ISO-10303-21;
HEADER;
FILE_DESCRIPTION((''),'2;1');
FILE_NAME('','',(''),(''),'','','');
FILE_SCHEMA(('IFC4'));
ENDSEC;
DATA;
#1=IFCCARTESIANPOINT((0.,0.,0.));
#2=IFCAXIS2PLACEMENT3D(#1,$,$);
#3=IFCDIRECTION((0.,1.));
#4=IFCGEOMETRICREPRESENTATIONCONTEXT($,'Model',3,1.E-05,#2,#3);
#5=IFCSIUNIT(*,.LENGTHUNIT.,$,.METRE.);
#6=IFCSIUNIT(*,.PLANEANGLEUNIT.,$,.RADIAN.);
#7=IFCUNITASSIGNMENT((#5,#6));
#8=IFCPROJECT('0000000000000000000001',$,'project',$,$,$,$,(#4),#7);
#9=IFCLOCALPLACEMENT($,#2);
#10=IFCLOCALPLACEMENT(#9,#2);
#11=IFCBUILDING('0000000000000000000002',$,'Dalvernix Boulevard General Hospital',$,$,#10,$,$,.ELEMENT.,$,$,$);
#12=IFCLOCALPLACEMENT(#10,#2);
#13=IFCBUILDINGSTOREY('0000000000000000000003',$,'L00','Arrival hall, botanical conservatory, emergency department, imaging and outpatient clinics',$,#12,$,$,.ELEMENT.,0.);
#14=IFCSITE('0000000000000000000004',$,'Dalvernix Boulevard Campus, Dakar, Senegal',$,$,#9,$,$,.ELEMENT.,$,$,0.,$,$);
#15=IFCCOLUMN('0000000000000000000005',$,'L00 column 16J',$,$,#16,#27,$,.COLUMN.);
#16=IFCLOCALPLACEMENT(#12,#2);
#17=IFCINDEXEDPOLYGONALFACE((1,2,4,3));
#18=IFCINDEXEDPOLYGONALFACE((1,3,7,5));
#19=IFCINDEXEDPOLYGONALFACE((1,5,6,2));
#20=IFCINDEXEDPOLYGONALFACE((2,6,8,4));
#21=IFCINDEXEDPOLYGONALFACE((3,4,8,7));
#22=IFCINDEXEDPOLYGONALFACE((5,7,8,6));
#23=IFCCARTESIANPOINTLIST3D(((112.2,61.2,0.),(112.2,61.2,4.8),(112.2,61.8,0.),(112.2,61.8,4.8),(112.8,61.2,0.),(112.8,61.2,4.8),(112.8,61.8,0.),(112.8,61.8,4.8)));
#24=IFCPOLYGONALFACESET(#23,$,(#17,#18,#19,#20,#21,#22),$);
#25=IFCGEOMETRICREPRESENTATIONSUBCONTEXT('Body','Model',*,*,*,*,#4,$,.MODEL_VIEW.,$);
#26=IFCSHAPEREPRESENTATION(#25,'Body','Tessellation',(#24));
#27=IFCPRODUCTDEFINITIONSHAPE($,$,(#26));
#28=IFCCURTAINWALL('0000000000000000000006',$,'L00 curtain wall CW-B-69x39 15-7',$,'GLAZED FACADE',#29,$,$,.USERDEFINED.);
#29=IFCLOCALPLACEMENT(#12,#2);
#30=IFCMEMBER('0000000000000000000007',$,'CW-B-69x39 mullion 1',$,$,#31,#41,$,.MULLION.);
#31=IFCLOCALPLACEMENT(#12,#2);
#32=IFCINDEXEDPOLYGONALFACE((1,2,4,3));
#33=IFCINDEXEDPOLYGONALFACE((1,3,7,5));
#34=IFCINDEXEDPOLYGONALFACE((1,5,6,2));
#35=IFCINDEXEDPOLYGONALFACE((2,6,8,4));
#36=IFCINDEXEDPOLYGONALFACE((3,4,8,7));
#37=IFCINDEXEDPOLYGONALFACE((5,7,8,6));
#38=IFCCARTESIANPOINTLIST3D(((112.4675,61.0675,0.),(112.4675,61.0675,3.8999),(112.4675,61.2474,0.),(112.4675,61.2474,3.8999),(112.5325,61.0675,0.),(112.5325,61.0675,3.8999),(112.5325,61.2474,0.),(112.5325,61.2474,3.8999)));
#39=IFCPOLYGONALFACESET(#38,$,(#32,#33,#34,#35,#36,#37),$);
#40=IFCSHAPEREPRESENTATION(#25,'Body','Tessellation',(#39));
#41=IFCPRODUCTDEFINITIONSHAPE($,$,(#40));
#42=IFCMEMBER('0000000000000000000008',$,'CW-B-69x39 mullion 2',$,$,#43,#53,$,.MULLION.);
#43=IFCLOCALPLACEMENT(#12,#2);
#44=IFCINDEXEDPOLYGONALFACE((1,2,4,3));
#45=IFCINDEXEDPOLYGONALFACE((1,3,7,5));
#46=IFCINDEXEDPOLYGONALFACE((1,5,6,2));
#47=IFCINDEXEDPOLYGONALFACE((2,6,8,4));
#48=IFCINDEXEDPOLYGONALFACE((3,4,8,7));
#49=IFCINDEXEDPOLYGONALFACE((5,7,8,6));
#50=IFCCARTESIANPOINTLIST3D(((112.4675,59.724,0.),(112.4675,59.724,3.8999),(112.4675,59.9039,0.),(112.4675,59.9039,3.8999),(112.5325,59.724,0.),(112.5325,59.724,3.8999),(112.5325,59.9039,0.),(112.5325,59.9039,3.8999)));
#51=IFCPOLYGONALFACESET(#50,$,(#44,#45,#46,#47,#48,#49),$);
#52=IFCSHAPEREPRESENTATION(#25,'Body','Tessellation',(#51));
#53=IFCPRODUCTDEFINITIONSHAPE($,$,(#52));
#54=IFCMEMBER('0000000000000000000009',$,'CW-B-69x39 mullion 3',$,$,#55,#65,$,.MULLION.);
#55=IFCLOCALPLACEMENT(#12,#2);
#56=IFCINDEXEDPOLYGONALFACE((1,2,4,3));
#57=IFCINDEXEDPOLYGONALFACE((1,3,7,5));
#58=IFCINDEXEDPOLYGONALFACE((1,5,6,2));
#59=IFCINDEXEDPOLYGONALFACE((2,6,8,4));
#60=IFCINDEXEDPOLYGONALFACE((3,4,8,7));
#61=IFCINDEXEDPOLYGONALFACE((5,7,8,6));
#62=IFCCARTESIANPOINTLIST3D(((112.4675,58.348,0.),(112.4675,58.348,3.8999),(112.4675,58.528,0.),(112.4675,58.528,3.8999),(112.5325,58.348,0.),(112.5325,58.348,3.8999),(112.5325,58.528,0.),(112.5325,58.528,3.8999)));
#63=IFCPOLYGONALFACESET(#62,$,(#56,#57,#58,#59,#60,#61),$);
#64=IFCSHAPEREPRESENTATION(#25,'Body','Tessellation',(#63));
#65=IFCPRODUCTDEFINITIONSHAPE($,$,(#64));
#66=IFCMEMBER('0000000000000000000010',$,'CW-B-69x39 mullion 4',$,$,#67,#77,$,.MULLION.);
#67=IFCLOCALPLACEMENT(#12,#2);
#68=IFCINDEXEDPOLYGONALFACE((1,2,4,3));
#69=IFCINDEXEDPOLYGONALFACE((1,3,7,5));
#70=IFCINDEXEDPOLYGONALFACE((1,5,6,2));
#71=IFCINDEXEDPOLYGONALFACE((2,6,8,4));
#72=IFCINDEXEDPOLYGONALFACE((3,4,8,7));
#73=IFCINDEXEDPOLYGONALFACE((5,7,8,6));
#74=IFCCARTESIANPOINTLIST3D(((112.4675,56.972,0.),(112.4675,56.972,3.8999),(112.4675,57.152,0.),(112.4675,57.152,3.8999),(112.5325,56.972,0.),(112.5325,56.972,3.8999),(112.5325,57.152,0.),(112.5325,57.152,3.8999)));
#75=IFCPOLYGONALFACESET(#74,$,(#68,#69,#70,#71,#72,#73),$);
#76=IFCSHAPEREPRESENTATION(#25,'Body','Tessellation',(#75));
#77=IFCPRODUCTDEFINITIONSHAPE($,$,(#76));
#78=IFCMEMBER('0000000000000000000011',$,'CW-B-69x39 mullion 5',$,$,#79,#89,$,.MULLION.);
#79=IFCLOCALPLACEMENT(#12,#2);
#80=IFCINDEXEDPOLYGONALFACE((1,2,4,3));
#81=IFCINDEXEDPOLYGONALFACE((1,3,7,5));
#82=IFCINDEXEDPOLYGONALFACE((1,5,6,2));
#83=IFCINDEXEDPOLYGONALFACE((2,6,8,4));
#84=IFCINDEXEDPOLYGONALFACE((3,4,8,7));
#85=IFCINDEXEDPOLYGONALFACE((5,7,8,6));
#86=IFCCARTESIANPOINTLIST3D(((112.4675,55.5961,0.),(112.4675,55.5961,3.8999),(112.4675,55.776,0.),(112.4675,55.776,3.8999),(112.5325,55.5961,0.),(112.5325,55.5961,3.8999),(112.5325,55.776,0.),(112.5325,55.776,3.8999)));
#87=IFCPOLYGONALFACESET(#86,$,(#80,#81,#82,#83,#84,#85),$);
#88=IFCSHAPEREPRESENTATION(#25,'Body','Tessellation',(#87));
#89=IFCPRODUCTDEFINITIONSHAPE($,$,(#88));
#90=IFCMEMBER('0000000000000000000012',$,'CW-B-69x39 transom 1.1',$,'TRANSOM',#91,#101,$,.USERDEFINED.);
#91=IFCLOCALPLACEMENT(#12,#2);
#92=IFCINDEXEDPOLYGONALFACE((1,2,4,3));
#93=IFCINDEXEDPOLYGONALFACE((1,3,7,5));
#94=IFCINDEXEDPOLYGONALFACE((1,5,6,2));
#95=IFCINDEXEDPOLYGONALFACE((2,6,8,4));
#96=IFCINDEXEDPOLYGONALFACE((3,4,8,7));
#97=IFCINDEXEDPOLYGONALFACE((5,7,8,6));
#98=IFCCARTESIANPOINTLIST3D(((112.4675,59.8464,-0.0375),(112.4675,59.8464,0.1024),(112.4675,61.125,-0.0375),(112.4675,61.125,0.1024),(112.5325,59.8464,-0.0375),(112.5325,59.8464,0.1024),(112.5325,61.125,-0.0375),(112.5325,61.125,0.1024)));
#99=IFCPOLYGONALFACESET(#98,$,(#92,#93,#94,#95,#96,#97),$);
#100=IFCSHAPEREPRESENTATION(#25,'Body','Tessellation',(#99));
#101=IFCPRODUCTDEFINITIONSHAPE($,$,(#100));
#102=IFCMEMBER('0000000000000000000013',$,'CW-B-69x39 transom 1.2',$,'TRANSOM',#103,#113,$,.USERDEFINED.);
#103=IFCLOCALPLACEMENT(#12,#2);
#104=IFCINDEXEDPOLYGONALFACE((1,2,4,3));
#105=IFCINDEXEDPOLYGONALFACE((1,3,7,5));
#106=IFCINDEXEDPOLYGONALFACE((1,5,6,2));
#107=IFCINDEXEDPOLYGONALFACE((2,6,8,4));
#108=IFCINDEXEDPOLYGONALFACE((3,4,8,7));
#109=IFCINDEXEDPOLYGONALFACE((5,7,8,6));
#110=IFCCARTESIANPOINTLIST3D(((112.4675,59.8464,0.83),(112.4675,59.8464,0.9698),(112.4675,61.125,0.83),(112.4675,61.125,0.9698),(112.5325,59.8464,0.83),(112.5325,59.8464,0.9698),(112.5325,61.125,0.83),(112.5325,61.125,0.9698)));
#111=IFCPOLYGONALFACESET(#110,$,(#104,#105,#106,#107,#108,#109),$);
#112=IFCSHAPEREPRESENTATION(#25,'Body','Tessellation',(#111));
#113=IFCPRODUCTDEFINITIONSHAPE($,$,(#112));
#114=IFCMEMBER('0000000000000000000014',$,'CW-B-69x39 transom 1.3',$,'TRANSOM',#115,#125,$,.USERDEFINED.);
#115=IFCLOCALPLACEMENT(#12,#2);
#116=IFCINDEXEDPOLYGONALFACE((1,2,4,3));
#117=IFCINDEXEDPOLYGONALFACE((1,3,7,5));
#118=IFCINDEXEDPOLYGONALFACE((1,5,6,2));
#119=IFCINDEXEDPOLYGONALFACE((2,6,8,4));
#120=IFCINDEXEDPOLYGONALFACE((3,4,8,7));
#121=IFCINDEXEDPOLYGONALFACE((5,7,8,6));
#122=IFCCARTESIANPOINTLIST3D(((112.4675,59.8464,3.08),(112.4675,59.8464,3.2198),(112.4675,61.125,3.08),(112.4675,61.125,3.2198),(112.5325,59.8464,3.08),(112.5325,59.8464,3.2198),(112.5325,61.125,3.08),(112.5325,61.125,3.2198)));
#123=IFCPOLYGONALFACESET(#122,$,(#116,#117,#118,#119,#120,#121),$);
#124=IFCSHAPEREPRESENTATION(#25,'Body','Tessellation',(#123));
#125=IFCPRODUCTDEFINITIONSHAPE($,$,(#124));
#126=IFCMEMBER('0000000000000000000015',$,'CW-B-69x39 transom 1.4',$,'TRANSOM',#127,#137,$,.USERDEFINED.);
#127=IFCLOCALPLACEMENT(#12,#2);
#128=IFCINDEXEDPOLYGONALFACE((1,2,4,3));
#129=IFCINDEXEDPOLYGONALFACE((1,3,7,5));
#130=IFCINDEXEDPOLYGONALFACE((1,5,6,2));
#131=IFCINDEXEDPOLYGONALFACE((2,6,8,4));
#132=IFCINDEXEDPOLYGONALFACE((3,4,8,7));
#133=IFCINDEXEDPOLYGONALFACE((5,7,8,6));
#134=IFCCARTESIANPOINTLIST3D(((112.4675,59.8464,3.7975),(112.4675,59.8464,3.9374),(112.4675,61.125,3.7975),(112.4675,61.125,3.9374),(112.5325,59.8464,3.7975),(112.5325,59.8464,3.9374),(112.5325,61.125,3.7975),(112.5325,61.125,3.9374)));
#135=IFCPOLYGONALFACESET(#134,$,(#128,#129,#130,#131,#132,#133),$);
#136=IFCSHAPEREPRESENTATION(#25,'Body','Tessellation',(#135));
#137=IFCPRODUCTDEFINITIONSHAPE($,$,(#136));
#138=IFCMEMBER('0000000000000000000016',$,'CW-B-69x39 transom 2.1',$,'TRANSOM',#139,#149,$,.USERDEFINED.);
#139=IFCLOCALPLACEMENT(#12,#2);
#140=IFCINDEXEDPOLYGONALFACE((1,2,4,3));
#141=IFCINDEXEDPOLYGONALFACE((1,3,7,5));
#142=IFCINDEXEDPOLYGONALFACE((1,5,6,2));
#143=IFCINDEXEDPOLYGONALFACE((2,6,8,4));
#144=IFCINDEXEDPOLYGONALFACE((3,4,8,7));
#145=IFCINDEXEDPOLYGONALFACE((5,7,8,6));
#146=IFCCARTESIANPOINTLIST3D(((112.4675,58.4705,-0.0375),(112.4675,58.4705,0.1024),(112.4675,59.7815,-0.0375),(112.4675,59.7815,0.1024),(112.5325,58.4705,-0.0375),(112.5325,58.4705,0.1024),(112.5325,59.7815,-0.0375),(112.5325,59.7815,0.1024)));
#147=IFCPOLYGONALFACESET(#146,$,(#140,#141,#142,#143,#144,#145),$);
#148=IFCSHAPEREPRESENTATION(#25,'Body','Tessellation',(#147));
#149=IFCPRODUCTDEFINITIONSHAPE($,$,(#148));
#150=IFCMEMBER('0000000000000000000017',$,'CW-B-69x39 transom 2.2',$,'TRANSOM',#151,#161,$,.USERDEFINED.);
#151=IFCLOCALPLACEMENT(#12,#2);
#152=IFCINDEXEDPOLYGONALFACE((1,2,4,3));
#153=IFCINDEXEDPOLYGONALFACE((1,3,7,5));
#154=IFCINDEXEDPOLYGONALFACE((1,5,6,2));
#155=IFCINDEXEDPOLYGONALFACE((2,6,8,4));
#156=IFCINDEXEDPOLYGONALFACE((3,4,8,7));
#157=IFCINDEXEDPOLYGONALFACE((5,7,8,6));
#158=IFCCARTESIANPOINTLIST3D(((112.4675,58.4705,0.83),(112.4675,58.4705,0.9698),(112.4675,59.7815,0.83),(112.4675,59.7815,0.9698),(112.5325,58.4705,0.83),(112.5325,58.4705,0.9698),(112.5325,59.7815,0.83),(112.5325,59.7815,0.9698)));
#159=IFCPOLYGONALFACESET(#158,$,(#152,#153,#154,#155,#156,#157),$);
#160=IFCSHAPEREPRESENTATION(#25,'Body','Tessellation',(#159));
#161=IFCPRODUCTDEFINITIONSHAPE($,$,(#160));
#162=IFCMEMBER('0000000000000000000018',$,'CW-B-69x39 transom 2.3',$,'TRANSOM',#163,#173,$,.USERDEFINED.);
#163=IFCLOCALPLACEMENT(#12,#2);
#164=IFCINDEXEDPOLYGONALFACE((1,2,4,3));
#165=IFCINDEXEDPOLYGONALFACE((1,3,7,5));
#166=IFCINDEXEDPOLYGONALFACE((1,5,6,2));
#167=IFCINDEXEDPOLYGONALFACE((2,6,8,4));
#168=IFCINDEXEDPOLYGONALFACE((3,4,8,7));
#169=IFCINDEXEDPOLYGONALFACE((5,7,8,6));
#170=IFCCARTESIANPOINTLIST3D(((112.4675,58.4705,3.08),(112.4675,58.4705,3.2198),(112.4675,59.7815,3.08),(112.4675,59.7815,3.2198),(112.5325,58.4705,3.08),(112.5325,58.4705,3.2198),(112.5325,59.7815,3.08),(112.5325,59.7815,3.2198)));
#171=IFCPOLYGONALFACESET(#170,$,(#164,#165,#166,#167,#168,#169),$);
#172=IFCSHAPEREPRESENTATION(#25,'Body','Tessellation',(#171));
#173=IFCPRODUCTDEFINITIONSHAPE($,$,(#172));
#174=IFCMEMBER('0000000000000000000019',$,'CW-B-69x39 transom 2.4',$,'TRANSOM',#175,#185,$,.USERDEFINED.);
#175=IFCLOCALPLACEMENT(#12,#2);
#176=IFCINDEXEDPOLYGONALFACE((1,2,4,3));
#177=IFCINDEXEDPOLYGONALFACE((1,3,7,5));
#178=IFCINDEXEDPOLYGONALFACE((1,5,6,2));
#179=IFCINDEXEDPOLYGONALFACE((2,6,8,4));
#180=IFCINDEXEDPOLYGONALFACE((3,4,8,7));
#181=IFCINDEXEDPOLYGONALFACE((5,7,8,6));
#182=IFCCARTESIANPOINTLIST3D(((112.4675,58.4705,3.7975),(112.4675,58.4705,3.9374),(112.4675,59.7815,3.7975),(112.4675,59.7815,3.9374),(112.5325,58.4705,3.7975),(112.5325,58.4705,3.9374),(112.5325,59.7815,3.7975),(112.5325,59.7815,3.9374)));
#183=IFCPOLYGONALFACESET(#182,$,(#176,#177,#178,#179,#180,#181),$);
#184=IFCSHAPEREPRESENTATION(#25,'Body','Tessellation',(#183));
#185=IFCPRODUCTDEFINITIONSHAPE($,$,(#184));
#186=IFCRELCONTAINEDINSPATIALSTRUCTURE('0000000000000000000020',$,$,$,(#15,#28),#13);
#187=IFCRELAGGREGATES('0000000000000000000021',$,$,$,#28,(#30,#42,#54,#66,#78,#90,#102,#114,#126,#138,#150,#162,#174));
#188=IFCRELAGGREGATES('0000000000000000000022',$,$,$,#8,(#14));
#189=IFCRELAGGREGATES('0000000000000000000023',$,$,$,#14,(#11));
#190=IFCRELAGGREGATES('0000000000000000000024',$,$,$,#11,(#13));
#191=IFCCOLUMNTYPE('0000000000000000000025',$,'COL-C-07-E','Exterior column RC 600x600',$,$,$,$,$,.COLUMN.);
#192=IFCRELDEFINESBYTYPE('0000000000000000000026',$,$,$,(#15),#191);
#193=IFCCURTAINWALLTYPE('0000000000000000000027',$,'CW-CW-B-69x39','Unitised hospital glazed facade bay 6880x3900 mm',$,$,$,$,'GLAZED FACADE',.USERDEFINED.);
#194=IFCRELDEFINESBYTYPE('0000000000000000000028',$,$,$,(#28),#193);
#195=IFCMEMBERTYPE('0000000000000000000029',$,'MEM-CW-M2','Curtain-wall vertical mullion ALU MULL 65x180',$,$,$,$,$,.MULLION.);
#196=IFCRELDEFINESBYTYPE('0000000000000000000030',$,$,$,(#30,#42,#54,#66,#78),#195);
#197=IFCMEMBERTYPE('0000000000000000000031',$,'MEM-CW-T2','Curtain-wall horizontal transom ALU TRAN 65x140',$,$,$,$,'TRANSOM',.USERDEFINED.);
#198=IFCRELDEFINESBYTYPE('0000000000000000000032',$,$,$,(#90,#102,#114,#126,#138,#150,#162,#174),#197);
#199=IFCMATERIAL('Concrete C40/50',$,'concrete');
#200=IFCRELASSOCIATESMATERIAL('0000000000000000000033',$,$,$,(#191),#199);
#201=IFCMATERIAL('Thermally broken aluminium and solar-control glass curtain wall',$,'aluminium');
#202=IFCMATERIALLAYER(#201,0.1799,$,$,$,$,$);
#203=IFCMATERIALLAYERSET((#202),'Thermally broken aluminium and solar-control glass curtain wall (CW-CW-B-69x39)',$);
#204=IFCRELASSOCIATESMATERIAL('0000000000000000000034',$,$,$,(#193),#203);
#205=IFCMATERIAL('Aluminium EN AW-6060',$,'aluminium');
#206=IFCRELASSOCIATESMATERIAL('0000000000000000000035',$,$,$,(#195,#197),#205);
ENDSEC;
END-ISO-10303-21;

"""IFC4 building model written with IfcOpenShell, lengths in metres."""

from ifc_helpers import new_model, si_unit, direction, frame, origin, origin_2d, place, context, subcontext, project, spatial, rectangle, extrude, material, layer, layer_set, material_profile, profile_set, type_object, element, aggregate, save


model = new_model("IFC4")

# Units and contexts
model_context = context("Model", 3, precision=1e-05, world=origin(), true_north=direction((0.0, 1.0)))
body_context = subcontext(model_context, "Body", "Model", "MODEL_VIEW")
ifc_project = project(units=[si_unit("LENGTHUNIT", "METRE"), si_unit("PLANEANGLEUNIT", "RADIAN")], contexts=[model_context])

# Site, building, storey
site_placement = place(None, origin())
site = spatial("IfcSite", under=ifc_project, at=site_placement, Name="Dalvernix Boulevard Campus, Dakar, Senegal", CompositionType="ELEMENT", RefElevation=0.0)
building_placement = place(site_placement, origin())
building = spatial("IfcBuilding", under=site, at=building_placement, Name="Dalvernix Boulevard General Hospital", CompositionType="ELEMENT")
storey_placement = place(building_placement, origin())
storey = spatial("IfcBuildingStorey", under=building, at=storey_placement, Name="L00", Description="Arrival hall, botanical conservatory, emergency department, imaging and outpatient clinics", CompositionType="ELEMENT", Elevation=0.0)

# Column
ifc_material_1 = material(Name="Concrete C40/50", Category="concrete")
ifc_material_profile_1 = material_profile(ifc_material_1, rectangle(XDim=0.6001, YDim=0.6001, at=origin_2d()), Name="RC 600x600")
ifc_profile_set_1 = profile_set([ifc_material_profile_1], Name="Concrete C40/50")
column_type = type_object("IfcColumnType", Name="COL-C-07-E", Description="Exterior column RC 600x600", PredefinedType="COLUMN", material=ifc_profile_set_1)
column_placement = place(storey_placement, frame((112.5, 61.5, 0.0), z_axis=(0.0, 0.0, 1.0), x_axis=(1.0, 0.0, 0.0)))
element("IfcColumn", 1, at=column_placement, inside=storey, type_object=column_type, Name="L00 column 16J", PredefinedType="COLUMN", context=body_context, shape_type="SweptSolid", body=[
    extrude(rectangle(XDim=0.6001, YDim=0.6001, at=origin_2d()), origin(), (0.0, 0.0, 1.0), 4.8),
])

# Curtain wall, members
ifc_material_2 = material(Name="Thermally broken aluminium and solar-control glass curtain wall", Category="aluminium")
ifc_layer_1 = layer(ifc_material_2, 0.1799)
ifc_layer_set_1 = layer_set([ifc_layer_1], Name="Thermally broken aluminium and solar-control glass curtain wall (CW-CW-B-69x39)")
curtain_wall_type = type_object("IfcCurtainWallType", Name="CW-CW-B-69x39", Description="Unitised hospital glazed facade bay 6880x3900 mm", ElementType="GLAZED FACADE", PredefinedType="USERDEFINED", material=ifc_layer_set_1)
curtain_wall_placement = place(storey_placement, origin())
curtain_wall = element("IfcCurtainWall", 2, at=curtain_wall_placement, inside=storey, type_object=curtain_wall_type, Name="L00 curtain wall CW-B-69x39 15-7", ObjectType="GLAZED FACADE", PredefinedType="USERDEFINED")
ifc_material_3 = material(Name="Aluminium EN AW-6060", Category="aluminium")
ifc_material_profile_2 = material_profile(ifc_material_3, rectangle(XDim=0.0649, YDim=0.1799, at=origin_2d()), Name="ALU MULL 65x180")
ifc_profile_set_2 = profile_set([ifc_material_profile_2], Name="Aluminium EN AW-6060")
member_type_1 = type_object("IfcMemberType", Name="MEM-CW-M2", Description="Curtain-wall vertical mullion ALU MULL 65x180", PredefinedType="MULLION", material=ifc_profile_set_2)
member_1_placement = place(storey_placement, frame((112.5, 61.1575, 0.0), z_axis=(0.0, 0.0, 1.0), x_axis=(1.0, 0.0, 0.0)))
member_1 = element("IfcMember", 3, at=member_1_placement, type_object=member_type_1, Name="CW-B-69x39 mullion 1", PredefinedType="MULLION", context=body_context, shape_type="SweptSolid", body=[
    extrude(rectangle(XDim=0.0649, YDim=0.1799, at=origin_2d()), origin(), (0.0, 0.0, 1.0), 3.8999),
])
member_2_placement = place(storey_placement, frame((112.5, 59.814, 0.0), z_axis=(0.0, 0.0, 1.0), x_axis=(1.0, 0.0, 0.0)))
member_2 = element("IfcMember", 4, at=member_2_placement, type_object=member_type_1, Name="CW-B-69x39 mullion 2", PredefinedType="MULLION", context=body_context, shape_type="SweptSolid", body=[
    extrude(rectangle(XDim=0.0649, YDim=0.1799, at=origin_2d()), origin(), (0.0, 0.0, 1.0), 3.8999),
])
member_3_placement = place(storey_placement, frame((112.5, 58.438, 0.0), z_axis=(0.0, 0.0, 1.0), x_axis=(1.0, 0.0, 0.0)))
member_3 = element("IfcMember", 5, at=member_3_placement, type_object=member_type_1, Name="CW-B-69x39 mullion 3", PredefinedType="MULLION", context=body_context, shape_type="SweptSolid", body=[
    extrude(rectangle(XDim=0.0649, YDim=0.1799, at=origin_2d()), origin(), (0.0, 0.0, 1.0), 3.8999),
])
member_4_placement = place(storey_placement, frame((112.5, 57.062, 0.0), z_axis=(0.0, 0.0, 1.0), x_axis=(1.0, 0.0, 0.0)))
member_4 = element("IfcMember", 6, at=member_4_placement, type_object=member_type_1, Name="CW-B-69x39 mullion 4", PredefinedType="MULLION", context=body_context, shape_type="SweptSolid", body=[
    extrude(rectangle(XDim=0.0649, YDim=0.1799, at=origin_2d()), origin(), (0.0, 0.0, 1.0), 3.8999),
])
member_5_placement = place(storey_placement, frame((112.5, 55.686, 0.0), z_axis=(0.0, 0.0, 1.0), x_axis=(1.0, 0.0, 0.0)))
member_5 = element("IfcMember", 7, at=member_5_placement, type_object=member_type_1, Name="CW-B-69x39 mullion 5", PredefinedType="MULLION", context=body_context, shape_type="SweptSolid", body=[
    extrude(rectangle(XDim=0.0649, YDim=0.1799, at=origin_2d()), origin(), (0.0, 0.0, 1.0), 3.8999),
])
ifc_material_profile_3 = material_profile(ifc_material_3, rectangle(XDim=0.0649, YDim=0.1399, at=origin_2d()), Name="ALU TRAN 65x140")
ifc_profile_set_3 = profile_set([ifc_material_profile_3], Name="Aluminium EN AW-6060")
member_type_2 = type_object("IfcMemberType", Name="MEM-CW-T2", Description="Curtain-wall horizontal transom ALU TRAN 65x140", ElementType="TRANSOM", PredefinedType="USERDEFINED", material=ifc_profile_set_3)
member_6_placement = place(storey_placement, frame((112.5, 61.125, 0.0325), z_axis=(0.0, -1.0, 0.0), x_axis=(1.0, 0.0, 0.0)))
member_6 = element("IfcMember", 8, at=member_6_placement, type_object=member_type_2, Name="CW-B-69x39 transom 1.1", ObjectType="TRANSOM", PredefinedType="USERDEFINED", context=body_context, shape_type="SweptSolid", body=[
    extrude(rectangle(XDim=0.0649, YDim=0.1399, at=origin_2d()), origin(), (0.0, 0.0, 1.0), 1.2786),
])
member_7_placement = place(storey_placement, frame((112.5, 61.125, 0.8999), z_axis=(0.0, -1.0, 0.0), x_axis=(1.0, 0.0, 0.0)))
member_7 = element("IfcMember", 9, at=member_7_placement, type_object=member_type_2, Name="CW-B-69x39 transom 1.2", ObjectType="TRANSOM", PredefinedType="USERDEFINED", context=body_context, shape_type="SweptSolid", body=[
    extrude(rectangle(XDim=0.0649, YDim=0.1399, at=origin_2d()), origin(), (0.0, 0.0, 1.0), 1.2786),
])
member_8_placement = place(storey_placement, frame((112.5, 61.125, 3.1499), z_axis=(0.0, -1.0, 0.0), x_axis=(1.0, 0.0, 0.0)))
member_8 = element("IfcMember", 10, at=member_8_placement, type_object=member_type_2, Name="CW-B-69x39 transom 1.3", ObjectType="TRANSOM", PredefinedType="USERDEFINED", context=body_context, shape_type="SweptSolid", body=[
    extrude(rectangle(XDim=0.0649, YDim=0.1399, at=origin_2d()), origin(), (0.0, 0.0, 1.0), 1.2786),
])
member_9_placement = place(storey_placement, frame((112.5, 61.125, 3.8674), z_axis=(0.0, -1.0, 0.0), x_axis=(1.0, 0.0, 0.0)))
member_9 = element("IfcMember", 11, at=member_9_placement, type_object=member_type_2, Name="CW-B-69x39 transom 1.4", ObjectType="TRANSOM", PredefinedType="USERDEFINED", context=body_context, shape_type="SweptSolid", body=[
    extrude(rectangle(XDim=0.0649, YDim=0.1399, at=origin_2d()), origin(), (0.0, 0.0, 1.0), 1.2786),
])
member_10_placement = place(storey_placement, frame((112.5, 59.7815, 0.0325), z_axis=(0.0, -1.0, 0.0), x_axis=(1.0, 0.0, 0.0)))
member_10 = element("IfcMember", 12, at=member_10_placement, type_object=member_type_2, Name="CW-B-69x39 transom 2.1", ObjectType="TRANSOM", PredefinedType="USERDEFINED", context=body_context, shape_type="SweptSolid", body=[
    extrude(rectangle(XDim=0.0649, YDim=0.1399, at=origin_2d()), origin(), (0.0, 0.0, 1.0), 1.311),
])
member_11_placement = place(storey_placement, frame((112.5, 59.7815, 0.8999), z_axis=(0.0, -1.0, 0.0), x_axis=(1.0, 0.0, 0.0)))
member_11 = element("IfcMember", 13, at=member_11_placement, type_object=member_type_2, Name="CW-B-69x39 transom 2.2", ObjectType="TRANSOM", PredefinedType="USERDEFINED", context=body_context, shape_type="SweptSolid", body=[
    extrude(rectangle(XDim=0.0649, YDim=0.1399, at=origin_2d()), origin(), (0.0, 0.0, 1.0), 1.311),
])
member_12_placement = place(storey_placement, frame((112.5, 59.7815, 3.1499), z_axis=(0.0, -1.0, 0.0), x_axis=(1.0, 0.0, 0.0)))
member_12 = element("IfcMember", 14, at=member_12_placement, type_object=member_type_2, Name="CW-B-69x39 transom 2.3", ObjectType="TRANSOM", PredefinedType="USERDEFINED", context=body_context, shape_type="SweptSolid", body=[
    extrude(rectangle(XDim=0.0649, YDim=0.1399, at=origin_2d()), origin(), (0.0, 0.0, 1.0), 1.311),
])
member_13_placement = place(storey_placement, frame((112.5, 59.7815, 3.8674), z_axis=(0.0, -1.0, 0.0), x_axis=(1.0, 0.0, 0.0)))
member_13 = element("IfcMember", 15, at=member_13_placement, type_object=member_type_2, Name="CW-B-69x39 transom 2.4", ObjectType="TRANSOM", PredefinedType="USERDEFINED", context=body_context, shape_type="SweptSolid", body=[
    extrude(rectangle(XDim=0.0649, YDim=0.1399, at=origin_2d()), origin(), (0.0, 0.0, 1.0), 1.311),
])
aggregate(curtain_wall, [member_1, member_2, member_3, member_4, member_5, member_6, member_7, member_8, member_9, member_10, member_11, member_12, member_13])

save(model, "model.ifc")
